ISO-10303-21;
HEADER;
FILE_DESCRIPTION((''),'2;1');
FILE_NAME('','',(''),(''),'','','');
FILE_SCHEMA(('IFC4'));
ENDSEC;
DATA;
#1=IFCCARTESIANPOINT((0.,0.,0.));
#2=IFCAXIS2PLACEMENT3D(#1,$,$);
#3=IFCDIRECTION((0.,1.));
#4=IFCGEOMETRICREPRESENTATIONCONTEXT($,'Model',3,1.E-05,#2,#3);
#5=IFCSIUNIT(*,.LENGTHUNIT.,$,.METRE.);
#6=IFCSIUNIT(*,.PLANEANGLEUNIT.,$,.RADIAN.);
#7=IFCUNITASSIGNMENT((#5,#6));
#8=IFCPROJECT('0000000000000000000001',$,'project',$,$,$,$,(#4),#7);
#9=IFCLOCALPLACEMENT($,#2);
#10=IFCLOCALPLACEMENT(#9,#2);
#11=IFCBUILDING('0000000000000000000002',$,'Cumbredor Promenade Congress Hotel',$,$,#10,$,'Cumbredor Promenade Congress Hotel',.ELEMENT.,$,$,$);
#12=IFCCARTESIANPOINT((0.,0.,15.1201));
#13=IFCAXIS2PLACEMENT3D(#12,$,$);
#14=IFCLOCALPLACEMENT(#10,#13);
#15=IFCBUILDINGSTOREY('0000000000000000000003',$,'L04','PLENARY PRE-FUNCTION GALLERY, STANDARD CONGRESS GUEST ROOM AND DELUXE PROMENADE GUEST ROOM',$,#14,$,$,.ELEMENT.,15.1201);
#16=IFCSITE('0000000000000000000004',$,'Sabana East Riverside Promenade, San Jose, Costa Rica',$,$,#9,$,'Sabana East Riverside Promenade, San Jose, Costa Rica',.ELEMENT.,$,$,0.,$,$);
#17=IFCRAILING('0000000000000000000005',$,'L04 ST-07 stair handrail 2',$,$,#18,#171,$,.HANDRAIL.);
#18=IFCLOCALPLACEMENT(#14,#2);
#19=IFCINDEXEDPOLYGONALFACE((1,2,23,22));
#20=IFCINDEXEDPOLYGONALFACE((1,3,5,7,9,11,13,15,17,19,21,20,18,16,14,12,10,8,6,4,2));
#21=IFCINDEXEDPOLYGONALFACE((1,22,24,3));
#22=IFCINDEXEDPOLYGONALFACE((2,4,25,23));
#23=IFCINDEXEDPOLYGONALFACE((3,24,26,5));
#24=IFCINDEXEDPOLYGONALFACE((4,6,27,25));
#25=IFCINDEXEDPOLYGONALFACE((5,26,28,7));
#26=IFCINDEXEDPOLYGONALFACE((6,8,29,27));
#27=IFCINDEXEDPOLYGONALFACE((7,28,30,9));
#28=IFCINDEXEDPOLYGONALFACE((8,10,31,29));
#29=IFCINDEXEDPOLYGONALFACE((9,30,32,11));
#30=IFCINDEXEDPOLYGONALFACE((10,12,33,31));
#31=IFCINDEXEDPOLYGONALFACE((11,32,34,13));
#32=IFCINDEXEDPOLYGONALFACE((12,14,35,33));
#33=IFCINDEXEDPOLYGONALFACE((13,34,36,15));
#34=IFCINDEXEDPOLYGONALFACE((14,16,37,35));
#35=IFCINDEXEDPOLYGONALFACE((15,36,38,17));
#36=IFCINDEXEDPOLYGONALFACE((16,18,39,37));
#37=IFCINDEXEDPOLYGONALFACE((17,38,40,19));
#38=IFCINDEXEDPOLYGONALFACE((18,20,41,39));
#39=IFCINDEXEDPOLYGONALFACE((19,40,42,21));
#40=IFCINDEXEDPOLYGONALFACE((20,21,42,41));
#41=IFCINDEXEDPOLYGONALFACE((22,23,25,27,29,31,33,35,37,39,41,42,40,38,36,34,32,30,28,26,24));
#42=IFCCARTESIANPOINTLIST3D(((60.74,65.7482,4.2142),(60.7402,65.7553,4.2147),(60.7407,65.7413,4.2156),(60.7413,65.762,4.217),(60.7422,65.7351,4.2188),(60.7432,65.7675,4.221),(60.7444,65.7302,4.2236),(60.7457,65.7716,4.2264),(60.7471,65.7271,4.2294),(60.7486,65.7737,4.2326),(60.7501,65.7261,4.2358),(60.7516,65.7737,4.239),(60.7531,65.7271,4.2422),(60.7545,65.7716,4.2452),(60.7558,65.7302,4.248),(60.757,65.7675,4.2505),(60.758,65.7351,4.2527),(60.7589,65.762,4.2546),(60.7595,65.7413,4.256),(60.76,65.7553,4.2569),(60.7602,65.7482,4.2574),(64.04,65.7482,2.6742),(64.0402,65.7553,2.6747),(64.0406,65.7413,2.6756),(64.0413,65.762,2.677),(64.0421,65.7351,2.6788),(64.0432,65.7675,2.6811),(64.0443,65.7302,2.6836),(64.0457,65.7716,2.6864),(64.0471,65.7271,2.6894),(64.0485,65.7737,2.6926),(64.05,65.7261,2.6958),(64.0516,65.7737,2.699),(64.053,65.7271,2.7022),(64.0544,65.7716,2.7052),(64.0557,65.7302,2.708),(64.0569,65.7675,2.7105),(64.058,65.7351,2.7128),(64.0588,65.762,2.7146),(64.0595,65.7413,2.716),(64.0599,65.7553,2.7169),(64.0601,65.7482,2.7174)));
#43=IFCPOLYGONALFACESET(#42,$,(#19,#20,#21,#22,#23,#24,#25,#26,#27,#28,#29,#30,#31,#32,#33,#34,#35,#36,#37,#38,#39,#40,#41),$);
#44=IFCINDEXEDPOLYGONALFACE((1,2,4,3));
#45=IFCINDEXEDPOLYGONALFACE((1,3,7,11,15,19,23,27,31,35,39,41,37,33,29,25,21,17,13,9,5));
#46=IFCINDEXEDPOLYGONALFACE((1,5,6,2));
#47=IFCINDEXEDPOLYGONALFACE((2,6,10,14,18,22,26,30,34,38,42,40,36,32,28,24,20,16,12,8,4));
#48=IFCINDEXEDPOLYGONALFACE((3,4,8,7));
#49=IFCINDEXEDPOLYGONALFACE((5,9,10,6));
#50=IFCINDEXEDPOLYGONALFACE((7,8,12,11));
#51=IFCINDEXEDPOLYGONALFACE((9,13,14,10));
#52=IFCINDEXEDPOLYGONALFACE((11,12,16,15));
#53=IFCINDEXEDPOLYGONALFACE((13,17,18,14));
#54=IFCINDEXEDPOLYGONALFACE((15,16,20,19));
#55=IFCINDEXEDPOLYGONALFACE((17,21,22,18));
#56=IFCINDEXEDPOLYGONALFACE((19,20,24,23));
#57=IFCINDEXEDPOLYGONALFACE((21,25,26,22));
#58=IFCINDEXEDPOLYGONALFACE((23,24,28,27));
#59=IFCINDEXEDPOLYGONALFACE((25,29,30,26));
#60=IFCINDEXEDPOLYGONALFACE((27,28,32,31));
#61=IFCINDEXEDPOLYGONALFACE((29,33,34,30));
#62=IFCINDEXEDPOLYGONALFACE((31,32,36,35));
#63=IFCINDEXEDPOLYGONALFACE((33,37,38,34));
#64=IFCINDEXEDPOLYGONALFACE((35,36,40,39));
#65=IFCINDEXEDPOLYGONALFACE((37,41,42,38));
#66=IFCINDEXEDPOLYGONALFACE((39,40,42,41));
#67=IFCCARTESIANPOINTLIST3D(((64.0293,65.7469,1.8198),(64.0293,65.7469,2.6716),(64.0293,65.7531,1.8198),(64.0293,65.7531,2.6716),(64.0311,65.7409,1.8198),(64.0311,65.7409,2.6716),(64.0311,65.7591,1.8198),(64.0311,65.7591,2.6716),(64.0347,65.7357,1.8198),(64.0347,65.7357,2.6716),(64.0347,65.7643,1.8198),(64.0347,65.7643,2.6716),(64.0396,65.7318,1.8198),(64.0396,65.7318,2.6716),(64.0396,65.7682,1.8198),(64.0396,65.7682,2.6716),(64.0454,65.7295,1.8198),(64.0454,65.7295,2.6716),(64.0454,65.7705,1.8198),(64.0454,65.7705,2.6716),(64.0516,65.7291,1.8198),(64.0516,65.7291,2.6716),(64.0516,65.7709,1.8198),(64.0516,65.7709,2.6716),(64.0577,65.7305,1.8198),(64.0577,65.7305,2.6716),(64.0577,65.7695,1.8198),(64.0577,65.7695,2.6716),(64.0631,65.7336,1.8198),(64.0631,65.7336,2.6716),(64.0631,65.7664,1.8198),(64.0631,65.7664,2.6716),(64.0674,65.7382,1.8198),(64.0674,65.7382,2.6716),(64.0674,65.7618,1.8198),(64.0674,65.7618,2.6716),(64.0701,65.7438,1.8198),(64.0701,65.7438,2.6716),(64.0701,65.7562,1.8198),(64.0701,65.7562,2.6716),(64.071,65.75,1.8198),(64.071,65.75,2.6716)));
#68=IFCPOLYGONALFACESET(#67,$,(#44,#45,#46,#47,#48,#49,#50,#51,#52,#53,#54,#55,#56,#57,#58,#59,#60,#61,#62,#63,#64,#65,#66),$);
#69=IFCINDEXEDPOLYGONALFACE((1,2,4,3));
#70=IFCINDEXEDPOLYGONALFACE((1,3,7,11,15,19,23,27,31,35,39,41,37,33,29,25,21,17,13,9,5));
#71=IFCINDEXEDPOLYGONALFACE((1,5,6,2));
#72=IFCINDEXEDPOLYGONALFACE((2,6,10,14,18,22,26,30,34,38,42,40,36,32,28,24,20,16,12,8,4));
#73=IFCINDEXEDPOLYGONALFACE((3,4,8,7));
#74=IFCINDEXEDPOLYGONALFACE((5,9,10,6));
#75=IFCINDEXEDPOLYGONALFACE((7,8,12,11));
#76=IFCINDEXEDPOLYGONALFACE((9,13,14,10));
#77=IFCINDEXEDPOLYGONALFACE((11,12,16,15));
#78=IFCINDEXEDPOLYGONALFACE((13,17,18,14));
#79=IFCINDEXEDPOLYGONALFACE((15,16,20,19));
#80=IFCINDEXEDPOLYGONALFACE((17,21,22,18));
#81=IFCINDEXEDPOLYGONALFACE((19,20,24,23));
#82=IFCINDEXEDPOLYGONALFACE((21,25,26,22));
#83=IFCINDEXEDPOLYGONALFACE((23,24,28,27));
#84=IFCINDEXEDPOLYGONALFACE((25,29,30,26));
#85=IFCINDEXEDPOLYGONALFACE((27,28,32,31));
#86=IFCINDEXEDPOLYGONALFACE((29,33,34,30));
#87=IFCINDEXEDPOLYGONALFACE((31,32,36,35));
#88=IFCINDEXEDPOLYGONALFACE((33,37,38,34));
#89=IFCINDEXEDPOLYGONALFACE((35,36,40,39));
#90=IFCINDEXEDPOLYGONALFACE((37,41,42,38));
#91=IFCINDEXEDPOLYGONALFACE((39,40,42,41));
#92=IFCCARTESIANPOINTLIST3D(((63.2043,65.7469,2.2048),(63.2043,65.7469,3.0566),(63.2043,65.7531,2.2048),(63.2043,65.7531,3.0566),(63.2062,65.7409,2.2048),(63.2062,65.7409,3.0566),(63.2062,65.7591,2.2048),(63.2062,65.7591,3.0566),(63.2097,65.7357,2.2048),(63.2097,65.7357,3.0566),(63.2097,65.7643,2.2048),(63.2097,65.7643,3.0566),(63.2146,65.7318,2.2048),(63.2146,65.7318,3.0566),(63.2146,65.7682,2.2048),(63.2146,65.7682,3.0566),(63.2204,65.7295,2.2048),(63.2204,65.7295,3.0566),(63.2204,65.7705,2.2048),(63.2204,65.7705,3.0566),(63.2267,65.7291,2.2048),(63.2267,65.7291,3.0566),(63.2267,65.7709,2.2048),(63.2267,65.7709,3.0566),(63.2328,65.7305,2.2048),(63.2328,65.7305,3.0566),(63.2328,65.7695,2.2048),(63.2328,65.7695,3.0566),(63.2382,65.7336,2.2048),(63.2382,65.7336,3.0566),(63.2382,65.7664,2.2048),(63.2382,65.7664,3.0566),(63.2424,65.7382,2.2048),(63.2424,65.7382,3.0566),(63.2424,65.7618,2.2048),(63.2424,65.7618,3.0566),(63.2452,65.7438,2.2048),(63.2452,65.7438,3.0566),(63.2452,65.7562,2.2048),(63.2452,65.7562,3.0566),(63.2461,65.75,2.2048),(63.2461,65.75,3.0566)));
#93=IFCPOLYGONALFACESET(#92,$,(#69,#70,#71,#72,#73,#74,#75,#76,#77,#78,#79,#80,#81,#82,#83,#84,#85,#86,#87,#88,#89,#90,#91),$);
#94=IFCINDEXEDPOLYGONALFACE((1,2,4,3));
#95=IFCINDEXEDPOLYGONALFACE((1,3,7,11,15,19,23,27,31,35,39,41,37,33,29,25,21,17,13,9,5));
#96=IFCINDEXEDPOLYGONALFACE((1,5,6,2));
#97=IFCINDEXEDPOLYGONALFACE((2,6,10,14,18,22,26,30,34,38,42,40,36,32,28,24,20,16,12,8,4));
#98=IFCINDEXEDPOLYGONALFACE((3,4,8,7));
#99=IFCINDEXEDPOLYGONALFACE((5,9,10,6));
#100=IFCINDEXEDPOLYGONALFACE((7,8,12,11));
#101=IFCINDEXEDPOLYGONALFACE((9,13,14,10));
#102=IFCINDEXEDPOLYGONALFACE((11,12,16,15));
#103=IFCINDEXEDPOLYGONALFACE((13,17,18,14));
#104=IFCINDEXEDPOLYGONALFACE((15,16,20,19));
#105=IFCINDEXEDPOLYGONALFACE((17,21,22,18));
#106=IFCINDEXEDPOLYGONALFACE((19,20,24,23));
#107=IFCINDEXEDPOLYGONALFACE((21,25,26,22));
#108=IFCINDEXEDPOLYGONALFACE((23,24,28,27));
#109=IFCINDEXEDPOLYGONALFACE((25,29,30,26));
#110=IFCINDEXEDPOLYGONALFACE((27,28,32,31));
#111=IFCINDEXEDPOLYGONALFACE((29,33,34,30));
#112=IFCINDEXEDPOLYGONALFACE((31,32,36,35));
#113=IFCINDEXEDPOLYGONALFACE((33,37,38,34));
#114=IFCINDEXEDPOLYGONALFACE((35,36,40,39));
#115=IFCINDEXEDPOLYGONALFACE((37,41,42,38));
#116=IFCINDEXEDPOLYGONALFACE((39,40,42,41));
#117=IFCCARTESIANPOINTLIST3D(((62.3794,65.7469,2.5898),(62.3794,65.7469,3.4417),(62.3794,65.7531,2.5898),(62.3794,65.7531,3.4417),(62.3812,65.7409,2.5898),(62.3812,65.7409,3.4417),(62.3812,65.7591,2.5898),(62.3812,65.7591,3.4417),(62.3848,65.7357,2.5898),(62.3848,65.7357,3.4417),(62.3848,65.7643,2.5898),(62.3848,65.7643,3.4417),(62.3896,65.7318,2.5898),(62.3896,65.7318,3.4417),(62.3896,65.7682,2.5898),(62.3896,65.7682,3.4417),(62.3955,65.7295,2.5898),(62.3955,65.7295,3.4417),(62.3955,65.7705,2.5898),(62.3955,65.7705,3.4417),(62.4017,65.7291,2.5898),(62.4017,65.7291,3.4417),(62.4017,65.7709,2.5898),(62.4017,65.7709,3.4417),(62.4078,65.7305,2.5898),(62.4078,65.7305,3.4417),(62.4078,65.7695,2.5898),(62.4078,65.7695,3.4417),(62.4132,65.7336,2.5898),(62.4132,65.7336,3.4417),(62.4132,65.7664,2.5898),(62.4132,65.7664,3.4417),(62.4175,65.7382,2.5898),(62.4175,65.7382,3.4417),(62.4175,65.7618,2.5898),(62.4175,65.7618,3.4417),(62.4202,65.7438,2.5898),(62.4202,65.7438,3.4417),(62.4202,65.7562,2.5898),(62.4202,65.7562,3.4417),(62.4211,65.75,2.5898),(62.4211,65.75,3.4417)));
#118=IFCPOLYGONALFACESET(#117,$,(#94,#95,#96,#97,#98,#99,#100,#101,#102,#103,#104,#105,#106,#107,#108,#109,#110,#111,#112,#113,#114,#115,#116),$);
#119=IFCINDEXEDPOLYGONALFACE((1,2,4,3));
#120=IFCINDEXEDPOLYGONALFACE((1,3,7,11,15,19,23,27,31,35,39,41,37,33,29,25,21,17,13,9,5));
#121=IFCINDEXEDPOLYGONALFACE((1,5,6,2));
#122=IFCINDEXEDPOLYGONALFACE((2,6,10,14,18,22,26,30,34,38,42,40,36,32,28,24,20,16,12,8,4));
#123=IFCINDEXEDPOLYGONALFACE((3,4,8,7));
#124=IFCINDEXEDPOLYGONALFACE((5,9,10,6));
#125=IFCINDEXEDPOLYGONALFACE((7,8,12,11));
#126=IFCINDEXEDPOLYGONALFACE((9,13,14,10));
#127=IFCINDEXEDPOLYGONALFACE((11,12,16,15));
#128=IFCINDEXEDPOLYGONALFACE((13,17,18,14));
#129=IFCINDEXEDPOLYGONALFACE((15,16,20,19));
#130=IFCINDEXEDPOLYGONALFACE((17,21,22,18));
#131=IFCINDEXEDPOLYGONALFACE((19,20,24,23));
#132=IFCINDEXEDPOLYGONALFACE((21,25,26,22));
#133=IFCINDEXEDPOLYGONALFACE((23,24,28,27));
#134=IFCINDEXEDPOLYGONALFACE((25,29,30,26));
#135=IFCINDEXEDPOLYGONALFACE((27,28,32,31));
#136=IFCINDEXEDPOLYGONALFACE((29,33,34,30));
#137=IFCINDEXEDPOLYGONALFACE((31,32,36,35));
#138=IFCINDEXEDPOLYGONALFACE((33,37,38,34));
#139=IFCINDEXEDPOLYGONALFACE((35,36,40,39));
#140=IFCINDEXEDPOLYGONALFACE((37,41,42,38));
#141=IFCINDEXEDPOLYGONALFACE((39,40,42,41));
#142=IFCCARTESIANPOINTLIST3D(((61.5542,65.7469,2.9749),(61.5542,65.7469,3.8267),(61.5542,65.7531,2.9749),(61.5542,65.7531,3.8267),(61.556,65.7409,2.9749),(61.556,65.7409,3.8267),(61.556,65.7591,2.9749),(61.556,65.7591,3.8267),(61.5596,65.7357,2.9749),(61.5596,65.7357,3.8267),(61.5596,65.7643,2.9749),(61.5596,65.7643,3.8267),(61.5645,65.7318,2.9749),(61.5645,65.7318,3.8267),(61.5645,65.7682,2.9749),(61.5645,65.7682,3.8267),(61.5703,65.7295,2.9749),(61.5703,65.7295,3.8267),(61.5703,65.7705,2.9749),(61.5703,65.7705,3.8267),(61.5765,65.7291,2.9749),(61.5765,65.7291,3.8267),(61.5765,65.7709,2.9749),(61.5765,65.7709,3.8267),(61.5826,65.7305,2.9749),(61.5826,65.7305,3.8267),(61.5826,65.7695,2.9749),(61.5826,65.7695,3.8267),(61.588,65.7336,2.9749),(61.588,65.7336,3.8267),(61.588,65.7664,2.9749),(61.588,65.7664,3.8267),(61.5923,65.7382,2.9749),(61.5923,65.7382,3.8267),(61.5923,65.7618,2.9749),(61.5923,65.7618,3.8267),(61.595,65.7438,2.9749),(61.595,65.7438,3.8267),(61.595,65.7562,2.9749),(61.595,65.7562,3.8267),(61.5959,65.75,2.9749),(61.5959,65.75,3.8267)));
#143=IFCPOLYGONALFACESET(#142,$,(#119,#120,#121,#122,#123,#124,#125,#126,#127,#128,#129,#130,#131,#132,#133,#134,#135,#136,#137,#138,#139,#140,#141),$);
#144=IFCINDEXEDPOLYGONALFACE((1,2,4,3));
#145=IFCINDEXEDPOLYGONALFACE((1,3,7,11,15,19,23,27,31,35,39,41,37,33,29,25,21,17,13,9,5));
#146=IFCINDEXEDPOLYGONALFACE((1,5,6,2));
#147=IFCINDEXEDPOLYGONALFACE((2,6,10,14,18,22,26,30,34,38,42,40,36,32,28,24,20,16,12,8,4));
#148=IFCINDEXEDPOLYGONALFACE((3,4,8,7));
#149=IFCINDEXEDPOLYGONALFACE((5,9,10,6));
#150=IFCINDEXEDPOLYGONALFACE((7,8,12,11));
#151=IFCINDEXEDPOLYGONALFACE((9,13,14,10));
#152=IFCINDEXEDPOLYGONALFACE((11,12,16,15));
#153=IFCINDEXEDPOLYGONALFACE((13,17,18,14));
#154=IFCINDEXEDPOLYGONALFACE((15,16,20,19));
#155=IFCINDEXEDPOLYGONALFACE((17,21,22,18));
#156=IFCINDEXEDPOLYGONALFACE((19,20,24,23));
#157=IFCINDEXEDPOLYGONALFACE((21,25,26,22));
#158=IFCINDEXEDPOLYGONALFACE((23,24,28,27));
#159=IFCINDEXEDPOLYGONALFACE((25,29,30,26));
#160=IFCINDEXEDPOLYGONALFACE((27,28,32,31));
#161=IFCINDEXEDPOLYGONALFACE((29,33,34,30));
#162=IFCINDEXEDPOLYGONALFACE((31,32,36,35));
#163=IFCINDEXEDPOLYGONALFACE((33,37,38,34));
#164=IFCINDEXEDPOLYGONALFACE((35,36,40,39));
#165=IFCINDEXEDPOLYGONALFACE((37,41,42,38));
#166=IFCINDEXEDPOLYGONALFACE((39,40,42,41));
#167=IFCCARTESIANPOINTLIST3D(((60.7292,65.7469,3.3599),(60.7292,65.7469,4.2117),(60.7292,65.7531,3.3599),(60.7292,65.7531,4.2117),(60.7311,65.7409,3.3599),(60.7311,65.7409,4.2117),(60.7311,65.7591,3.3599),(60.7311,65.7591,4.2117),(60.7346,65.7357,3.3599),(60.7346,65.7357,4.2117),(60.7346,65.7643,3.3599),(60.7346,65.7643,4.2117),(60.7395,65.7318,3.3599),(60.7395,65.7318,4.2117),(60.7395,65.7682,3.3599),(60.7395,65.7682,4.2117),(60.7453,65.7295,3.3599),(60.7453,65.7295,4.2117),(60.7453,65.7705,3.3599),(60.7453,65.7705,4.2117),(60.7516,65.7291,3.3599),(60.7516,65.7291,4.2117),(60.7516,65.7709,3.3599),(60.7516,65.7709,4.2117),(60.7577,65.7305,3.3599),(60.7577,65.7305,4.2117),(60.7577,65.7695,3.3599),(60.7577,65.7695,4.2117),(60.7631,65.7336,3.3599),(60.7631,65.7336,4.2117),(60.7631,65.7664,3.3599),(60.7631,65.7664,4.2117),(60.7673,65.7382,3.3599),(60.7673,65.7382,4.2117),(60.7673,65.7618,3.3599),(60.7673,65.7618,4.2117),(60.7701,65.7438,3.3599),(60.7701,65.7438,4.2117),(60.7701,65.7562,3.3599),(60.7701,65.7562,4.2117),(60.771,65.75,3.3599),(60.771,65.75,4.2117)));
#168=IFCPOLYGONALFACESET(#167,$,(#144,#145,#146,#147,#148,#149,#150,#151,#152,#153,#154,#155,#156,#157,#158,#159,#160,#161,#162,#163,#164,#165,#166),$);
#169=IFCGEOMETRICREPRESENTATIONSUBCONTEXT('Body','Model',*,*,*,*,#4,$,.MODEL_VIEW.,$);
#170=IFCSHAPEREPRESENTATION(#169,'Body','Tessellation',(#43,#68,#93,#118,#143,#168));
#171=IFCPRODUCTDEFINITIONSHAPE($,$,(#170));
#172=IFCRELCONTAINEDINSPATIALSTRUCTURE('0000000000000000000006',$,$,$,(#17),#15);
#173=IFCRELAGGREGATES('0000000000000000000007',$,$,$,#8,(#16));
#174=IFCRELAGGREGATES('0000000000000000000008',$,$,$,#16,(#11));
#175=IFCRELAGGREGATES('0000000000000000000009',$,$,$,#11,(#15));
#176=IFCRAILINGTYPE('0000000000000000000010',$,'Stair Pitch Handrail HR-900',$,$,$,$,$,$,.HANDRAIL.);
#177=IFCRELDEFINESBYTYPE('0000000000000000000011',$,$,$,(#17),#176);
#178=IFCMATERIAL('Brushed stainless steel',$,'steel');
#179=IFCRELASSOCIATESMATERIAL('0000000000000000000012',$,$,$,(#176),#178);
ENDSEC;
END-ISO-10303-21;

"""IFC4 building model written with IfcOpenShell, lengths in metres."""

from ifc_helpers import new_model, si_unit, direction, frame, origin, origin_2d, place, context, subcontext, project, spatial, circle, extrude, material, type_object, element, save


model = new_model("IFC4")

# Units and contexts
model_context = context("Model", 3, precision=1e-05, world=origin(), true_north=direction((0.0, 1.0)))
body_context = subcontext(model_context, "Body", "Model", "MODEL_VIEW")
ifc_project = project(units=[si_unit("LENGTHUNIT", "METRE"), si_unit("PLANEANGLEUNIT", "RADIAN")], contexts=[model_context])

# Site, building, storey
site_placement = place(None, origin())
site = spatial("IfcSite", under=ifc_project, at=site_placement, Name="Sabana East Riverside Promenade, San Jose, Costa Rica", LongName="Sabana East Riverside Promenade, San Jose, Costa Rica", CompositionType="ELEMENT", RefElevation=0.0)
building_placement = place(site_placement, origin())
building = spatial("IfcBuilding", under=site, at=building_placement, Name="Cumbredor Promenade Congress Hotel", LongName="Cumbredor Promenade Congress Hotel", CompositionType="ELEMENT")
storey_placement = place(building_placement, frame((0.0, 0.0, 15.1201)))
storey = spatial("IfcBuildingStorey", under=building, at=storey_placement, Name="L04", Description="PLENARY PRE-FUNCTION GALLERY, STANDARD CONGRESS GUEST ROOM AND DELUXE PROMENADE GUEST ROOM", CompositionType="ELEMENT", Elevation=15.1201)

# Railing
ifc_material_1 = material(Name="Brushed stainless steel", Category="steel")
railing_type_1 = type_object("IfcRailingType", Name="Stair Pitch Handrail HR-900", PredefinedType="HANDRAIL", material=ifc_material_1)
railing_1_placement = place(storey_placement, frame((64.05, 65.75, 1.8198)))
element("IfcRailing", 1, at=railing_1_placement, inside=storey, type_object=railing_type_1, Name="L04 ST-07 stair handrail 2", PredefinedType="HANDRAIL", context=body_context, shape_type="SweptSolid", body=[
    extrude(circle(Radius=0.0239, at=origin_2d()), frame((0.0, 0.0, 0.876), z_axis=(-0.906181, 0.0, 0.422889), x_axis=(0.0, -1.0, 0.0)), (0.0, 0.0, 1.0), 3.6416),
    extrude(circle(Radius=0.021, at=origin_2d()), origin(), (0.0, 0.0, 1.0), 0.8518),
    extrude(circle(Radius=0.021, at=origin_2d()), frame((-0.825, 0.0, 0.385)), (0.0, 0.0, 1.0), 0.8518),
    extrude(circle(Radius=0.021, at=origin_2d()), frame((-1.6499, 0.0, 0.77)), (0.0, 0.0, 1.0), 0.8518),
    extrude(circle(Radius=0.021, at=origin_2d()), frame((-2.4751, 0.0, 1.155)), (0.0, 0.0, 1.0), 0.8518),
    extrude(circle(Radius=0.021, at=origin_2d()), frame((-3.3, 0.0, 1.54)), (0.0, 0.0, 1.0), 0.8518),
])

save(model, "model.ifc")
